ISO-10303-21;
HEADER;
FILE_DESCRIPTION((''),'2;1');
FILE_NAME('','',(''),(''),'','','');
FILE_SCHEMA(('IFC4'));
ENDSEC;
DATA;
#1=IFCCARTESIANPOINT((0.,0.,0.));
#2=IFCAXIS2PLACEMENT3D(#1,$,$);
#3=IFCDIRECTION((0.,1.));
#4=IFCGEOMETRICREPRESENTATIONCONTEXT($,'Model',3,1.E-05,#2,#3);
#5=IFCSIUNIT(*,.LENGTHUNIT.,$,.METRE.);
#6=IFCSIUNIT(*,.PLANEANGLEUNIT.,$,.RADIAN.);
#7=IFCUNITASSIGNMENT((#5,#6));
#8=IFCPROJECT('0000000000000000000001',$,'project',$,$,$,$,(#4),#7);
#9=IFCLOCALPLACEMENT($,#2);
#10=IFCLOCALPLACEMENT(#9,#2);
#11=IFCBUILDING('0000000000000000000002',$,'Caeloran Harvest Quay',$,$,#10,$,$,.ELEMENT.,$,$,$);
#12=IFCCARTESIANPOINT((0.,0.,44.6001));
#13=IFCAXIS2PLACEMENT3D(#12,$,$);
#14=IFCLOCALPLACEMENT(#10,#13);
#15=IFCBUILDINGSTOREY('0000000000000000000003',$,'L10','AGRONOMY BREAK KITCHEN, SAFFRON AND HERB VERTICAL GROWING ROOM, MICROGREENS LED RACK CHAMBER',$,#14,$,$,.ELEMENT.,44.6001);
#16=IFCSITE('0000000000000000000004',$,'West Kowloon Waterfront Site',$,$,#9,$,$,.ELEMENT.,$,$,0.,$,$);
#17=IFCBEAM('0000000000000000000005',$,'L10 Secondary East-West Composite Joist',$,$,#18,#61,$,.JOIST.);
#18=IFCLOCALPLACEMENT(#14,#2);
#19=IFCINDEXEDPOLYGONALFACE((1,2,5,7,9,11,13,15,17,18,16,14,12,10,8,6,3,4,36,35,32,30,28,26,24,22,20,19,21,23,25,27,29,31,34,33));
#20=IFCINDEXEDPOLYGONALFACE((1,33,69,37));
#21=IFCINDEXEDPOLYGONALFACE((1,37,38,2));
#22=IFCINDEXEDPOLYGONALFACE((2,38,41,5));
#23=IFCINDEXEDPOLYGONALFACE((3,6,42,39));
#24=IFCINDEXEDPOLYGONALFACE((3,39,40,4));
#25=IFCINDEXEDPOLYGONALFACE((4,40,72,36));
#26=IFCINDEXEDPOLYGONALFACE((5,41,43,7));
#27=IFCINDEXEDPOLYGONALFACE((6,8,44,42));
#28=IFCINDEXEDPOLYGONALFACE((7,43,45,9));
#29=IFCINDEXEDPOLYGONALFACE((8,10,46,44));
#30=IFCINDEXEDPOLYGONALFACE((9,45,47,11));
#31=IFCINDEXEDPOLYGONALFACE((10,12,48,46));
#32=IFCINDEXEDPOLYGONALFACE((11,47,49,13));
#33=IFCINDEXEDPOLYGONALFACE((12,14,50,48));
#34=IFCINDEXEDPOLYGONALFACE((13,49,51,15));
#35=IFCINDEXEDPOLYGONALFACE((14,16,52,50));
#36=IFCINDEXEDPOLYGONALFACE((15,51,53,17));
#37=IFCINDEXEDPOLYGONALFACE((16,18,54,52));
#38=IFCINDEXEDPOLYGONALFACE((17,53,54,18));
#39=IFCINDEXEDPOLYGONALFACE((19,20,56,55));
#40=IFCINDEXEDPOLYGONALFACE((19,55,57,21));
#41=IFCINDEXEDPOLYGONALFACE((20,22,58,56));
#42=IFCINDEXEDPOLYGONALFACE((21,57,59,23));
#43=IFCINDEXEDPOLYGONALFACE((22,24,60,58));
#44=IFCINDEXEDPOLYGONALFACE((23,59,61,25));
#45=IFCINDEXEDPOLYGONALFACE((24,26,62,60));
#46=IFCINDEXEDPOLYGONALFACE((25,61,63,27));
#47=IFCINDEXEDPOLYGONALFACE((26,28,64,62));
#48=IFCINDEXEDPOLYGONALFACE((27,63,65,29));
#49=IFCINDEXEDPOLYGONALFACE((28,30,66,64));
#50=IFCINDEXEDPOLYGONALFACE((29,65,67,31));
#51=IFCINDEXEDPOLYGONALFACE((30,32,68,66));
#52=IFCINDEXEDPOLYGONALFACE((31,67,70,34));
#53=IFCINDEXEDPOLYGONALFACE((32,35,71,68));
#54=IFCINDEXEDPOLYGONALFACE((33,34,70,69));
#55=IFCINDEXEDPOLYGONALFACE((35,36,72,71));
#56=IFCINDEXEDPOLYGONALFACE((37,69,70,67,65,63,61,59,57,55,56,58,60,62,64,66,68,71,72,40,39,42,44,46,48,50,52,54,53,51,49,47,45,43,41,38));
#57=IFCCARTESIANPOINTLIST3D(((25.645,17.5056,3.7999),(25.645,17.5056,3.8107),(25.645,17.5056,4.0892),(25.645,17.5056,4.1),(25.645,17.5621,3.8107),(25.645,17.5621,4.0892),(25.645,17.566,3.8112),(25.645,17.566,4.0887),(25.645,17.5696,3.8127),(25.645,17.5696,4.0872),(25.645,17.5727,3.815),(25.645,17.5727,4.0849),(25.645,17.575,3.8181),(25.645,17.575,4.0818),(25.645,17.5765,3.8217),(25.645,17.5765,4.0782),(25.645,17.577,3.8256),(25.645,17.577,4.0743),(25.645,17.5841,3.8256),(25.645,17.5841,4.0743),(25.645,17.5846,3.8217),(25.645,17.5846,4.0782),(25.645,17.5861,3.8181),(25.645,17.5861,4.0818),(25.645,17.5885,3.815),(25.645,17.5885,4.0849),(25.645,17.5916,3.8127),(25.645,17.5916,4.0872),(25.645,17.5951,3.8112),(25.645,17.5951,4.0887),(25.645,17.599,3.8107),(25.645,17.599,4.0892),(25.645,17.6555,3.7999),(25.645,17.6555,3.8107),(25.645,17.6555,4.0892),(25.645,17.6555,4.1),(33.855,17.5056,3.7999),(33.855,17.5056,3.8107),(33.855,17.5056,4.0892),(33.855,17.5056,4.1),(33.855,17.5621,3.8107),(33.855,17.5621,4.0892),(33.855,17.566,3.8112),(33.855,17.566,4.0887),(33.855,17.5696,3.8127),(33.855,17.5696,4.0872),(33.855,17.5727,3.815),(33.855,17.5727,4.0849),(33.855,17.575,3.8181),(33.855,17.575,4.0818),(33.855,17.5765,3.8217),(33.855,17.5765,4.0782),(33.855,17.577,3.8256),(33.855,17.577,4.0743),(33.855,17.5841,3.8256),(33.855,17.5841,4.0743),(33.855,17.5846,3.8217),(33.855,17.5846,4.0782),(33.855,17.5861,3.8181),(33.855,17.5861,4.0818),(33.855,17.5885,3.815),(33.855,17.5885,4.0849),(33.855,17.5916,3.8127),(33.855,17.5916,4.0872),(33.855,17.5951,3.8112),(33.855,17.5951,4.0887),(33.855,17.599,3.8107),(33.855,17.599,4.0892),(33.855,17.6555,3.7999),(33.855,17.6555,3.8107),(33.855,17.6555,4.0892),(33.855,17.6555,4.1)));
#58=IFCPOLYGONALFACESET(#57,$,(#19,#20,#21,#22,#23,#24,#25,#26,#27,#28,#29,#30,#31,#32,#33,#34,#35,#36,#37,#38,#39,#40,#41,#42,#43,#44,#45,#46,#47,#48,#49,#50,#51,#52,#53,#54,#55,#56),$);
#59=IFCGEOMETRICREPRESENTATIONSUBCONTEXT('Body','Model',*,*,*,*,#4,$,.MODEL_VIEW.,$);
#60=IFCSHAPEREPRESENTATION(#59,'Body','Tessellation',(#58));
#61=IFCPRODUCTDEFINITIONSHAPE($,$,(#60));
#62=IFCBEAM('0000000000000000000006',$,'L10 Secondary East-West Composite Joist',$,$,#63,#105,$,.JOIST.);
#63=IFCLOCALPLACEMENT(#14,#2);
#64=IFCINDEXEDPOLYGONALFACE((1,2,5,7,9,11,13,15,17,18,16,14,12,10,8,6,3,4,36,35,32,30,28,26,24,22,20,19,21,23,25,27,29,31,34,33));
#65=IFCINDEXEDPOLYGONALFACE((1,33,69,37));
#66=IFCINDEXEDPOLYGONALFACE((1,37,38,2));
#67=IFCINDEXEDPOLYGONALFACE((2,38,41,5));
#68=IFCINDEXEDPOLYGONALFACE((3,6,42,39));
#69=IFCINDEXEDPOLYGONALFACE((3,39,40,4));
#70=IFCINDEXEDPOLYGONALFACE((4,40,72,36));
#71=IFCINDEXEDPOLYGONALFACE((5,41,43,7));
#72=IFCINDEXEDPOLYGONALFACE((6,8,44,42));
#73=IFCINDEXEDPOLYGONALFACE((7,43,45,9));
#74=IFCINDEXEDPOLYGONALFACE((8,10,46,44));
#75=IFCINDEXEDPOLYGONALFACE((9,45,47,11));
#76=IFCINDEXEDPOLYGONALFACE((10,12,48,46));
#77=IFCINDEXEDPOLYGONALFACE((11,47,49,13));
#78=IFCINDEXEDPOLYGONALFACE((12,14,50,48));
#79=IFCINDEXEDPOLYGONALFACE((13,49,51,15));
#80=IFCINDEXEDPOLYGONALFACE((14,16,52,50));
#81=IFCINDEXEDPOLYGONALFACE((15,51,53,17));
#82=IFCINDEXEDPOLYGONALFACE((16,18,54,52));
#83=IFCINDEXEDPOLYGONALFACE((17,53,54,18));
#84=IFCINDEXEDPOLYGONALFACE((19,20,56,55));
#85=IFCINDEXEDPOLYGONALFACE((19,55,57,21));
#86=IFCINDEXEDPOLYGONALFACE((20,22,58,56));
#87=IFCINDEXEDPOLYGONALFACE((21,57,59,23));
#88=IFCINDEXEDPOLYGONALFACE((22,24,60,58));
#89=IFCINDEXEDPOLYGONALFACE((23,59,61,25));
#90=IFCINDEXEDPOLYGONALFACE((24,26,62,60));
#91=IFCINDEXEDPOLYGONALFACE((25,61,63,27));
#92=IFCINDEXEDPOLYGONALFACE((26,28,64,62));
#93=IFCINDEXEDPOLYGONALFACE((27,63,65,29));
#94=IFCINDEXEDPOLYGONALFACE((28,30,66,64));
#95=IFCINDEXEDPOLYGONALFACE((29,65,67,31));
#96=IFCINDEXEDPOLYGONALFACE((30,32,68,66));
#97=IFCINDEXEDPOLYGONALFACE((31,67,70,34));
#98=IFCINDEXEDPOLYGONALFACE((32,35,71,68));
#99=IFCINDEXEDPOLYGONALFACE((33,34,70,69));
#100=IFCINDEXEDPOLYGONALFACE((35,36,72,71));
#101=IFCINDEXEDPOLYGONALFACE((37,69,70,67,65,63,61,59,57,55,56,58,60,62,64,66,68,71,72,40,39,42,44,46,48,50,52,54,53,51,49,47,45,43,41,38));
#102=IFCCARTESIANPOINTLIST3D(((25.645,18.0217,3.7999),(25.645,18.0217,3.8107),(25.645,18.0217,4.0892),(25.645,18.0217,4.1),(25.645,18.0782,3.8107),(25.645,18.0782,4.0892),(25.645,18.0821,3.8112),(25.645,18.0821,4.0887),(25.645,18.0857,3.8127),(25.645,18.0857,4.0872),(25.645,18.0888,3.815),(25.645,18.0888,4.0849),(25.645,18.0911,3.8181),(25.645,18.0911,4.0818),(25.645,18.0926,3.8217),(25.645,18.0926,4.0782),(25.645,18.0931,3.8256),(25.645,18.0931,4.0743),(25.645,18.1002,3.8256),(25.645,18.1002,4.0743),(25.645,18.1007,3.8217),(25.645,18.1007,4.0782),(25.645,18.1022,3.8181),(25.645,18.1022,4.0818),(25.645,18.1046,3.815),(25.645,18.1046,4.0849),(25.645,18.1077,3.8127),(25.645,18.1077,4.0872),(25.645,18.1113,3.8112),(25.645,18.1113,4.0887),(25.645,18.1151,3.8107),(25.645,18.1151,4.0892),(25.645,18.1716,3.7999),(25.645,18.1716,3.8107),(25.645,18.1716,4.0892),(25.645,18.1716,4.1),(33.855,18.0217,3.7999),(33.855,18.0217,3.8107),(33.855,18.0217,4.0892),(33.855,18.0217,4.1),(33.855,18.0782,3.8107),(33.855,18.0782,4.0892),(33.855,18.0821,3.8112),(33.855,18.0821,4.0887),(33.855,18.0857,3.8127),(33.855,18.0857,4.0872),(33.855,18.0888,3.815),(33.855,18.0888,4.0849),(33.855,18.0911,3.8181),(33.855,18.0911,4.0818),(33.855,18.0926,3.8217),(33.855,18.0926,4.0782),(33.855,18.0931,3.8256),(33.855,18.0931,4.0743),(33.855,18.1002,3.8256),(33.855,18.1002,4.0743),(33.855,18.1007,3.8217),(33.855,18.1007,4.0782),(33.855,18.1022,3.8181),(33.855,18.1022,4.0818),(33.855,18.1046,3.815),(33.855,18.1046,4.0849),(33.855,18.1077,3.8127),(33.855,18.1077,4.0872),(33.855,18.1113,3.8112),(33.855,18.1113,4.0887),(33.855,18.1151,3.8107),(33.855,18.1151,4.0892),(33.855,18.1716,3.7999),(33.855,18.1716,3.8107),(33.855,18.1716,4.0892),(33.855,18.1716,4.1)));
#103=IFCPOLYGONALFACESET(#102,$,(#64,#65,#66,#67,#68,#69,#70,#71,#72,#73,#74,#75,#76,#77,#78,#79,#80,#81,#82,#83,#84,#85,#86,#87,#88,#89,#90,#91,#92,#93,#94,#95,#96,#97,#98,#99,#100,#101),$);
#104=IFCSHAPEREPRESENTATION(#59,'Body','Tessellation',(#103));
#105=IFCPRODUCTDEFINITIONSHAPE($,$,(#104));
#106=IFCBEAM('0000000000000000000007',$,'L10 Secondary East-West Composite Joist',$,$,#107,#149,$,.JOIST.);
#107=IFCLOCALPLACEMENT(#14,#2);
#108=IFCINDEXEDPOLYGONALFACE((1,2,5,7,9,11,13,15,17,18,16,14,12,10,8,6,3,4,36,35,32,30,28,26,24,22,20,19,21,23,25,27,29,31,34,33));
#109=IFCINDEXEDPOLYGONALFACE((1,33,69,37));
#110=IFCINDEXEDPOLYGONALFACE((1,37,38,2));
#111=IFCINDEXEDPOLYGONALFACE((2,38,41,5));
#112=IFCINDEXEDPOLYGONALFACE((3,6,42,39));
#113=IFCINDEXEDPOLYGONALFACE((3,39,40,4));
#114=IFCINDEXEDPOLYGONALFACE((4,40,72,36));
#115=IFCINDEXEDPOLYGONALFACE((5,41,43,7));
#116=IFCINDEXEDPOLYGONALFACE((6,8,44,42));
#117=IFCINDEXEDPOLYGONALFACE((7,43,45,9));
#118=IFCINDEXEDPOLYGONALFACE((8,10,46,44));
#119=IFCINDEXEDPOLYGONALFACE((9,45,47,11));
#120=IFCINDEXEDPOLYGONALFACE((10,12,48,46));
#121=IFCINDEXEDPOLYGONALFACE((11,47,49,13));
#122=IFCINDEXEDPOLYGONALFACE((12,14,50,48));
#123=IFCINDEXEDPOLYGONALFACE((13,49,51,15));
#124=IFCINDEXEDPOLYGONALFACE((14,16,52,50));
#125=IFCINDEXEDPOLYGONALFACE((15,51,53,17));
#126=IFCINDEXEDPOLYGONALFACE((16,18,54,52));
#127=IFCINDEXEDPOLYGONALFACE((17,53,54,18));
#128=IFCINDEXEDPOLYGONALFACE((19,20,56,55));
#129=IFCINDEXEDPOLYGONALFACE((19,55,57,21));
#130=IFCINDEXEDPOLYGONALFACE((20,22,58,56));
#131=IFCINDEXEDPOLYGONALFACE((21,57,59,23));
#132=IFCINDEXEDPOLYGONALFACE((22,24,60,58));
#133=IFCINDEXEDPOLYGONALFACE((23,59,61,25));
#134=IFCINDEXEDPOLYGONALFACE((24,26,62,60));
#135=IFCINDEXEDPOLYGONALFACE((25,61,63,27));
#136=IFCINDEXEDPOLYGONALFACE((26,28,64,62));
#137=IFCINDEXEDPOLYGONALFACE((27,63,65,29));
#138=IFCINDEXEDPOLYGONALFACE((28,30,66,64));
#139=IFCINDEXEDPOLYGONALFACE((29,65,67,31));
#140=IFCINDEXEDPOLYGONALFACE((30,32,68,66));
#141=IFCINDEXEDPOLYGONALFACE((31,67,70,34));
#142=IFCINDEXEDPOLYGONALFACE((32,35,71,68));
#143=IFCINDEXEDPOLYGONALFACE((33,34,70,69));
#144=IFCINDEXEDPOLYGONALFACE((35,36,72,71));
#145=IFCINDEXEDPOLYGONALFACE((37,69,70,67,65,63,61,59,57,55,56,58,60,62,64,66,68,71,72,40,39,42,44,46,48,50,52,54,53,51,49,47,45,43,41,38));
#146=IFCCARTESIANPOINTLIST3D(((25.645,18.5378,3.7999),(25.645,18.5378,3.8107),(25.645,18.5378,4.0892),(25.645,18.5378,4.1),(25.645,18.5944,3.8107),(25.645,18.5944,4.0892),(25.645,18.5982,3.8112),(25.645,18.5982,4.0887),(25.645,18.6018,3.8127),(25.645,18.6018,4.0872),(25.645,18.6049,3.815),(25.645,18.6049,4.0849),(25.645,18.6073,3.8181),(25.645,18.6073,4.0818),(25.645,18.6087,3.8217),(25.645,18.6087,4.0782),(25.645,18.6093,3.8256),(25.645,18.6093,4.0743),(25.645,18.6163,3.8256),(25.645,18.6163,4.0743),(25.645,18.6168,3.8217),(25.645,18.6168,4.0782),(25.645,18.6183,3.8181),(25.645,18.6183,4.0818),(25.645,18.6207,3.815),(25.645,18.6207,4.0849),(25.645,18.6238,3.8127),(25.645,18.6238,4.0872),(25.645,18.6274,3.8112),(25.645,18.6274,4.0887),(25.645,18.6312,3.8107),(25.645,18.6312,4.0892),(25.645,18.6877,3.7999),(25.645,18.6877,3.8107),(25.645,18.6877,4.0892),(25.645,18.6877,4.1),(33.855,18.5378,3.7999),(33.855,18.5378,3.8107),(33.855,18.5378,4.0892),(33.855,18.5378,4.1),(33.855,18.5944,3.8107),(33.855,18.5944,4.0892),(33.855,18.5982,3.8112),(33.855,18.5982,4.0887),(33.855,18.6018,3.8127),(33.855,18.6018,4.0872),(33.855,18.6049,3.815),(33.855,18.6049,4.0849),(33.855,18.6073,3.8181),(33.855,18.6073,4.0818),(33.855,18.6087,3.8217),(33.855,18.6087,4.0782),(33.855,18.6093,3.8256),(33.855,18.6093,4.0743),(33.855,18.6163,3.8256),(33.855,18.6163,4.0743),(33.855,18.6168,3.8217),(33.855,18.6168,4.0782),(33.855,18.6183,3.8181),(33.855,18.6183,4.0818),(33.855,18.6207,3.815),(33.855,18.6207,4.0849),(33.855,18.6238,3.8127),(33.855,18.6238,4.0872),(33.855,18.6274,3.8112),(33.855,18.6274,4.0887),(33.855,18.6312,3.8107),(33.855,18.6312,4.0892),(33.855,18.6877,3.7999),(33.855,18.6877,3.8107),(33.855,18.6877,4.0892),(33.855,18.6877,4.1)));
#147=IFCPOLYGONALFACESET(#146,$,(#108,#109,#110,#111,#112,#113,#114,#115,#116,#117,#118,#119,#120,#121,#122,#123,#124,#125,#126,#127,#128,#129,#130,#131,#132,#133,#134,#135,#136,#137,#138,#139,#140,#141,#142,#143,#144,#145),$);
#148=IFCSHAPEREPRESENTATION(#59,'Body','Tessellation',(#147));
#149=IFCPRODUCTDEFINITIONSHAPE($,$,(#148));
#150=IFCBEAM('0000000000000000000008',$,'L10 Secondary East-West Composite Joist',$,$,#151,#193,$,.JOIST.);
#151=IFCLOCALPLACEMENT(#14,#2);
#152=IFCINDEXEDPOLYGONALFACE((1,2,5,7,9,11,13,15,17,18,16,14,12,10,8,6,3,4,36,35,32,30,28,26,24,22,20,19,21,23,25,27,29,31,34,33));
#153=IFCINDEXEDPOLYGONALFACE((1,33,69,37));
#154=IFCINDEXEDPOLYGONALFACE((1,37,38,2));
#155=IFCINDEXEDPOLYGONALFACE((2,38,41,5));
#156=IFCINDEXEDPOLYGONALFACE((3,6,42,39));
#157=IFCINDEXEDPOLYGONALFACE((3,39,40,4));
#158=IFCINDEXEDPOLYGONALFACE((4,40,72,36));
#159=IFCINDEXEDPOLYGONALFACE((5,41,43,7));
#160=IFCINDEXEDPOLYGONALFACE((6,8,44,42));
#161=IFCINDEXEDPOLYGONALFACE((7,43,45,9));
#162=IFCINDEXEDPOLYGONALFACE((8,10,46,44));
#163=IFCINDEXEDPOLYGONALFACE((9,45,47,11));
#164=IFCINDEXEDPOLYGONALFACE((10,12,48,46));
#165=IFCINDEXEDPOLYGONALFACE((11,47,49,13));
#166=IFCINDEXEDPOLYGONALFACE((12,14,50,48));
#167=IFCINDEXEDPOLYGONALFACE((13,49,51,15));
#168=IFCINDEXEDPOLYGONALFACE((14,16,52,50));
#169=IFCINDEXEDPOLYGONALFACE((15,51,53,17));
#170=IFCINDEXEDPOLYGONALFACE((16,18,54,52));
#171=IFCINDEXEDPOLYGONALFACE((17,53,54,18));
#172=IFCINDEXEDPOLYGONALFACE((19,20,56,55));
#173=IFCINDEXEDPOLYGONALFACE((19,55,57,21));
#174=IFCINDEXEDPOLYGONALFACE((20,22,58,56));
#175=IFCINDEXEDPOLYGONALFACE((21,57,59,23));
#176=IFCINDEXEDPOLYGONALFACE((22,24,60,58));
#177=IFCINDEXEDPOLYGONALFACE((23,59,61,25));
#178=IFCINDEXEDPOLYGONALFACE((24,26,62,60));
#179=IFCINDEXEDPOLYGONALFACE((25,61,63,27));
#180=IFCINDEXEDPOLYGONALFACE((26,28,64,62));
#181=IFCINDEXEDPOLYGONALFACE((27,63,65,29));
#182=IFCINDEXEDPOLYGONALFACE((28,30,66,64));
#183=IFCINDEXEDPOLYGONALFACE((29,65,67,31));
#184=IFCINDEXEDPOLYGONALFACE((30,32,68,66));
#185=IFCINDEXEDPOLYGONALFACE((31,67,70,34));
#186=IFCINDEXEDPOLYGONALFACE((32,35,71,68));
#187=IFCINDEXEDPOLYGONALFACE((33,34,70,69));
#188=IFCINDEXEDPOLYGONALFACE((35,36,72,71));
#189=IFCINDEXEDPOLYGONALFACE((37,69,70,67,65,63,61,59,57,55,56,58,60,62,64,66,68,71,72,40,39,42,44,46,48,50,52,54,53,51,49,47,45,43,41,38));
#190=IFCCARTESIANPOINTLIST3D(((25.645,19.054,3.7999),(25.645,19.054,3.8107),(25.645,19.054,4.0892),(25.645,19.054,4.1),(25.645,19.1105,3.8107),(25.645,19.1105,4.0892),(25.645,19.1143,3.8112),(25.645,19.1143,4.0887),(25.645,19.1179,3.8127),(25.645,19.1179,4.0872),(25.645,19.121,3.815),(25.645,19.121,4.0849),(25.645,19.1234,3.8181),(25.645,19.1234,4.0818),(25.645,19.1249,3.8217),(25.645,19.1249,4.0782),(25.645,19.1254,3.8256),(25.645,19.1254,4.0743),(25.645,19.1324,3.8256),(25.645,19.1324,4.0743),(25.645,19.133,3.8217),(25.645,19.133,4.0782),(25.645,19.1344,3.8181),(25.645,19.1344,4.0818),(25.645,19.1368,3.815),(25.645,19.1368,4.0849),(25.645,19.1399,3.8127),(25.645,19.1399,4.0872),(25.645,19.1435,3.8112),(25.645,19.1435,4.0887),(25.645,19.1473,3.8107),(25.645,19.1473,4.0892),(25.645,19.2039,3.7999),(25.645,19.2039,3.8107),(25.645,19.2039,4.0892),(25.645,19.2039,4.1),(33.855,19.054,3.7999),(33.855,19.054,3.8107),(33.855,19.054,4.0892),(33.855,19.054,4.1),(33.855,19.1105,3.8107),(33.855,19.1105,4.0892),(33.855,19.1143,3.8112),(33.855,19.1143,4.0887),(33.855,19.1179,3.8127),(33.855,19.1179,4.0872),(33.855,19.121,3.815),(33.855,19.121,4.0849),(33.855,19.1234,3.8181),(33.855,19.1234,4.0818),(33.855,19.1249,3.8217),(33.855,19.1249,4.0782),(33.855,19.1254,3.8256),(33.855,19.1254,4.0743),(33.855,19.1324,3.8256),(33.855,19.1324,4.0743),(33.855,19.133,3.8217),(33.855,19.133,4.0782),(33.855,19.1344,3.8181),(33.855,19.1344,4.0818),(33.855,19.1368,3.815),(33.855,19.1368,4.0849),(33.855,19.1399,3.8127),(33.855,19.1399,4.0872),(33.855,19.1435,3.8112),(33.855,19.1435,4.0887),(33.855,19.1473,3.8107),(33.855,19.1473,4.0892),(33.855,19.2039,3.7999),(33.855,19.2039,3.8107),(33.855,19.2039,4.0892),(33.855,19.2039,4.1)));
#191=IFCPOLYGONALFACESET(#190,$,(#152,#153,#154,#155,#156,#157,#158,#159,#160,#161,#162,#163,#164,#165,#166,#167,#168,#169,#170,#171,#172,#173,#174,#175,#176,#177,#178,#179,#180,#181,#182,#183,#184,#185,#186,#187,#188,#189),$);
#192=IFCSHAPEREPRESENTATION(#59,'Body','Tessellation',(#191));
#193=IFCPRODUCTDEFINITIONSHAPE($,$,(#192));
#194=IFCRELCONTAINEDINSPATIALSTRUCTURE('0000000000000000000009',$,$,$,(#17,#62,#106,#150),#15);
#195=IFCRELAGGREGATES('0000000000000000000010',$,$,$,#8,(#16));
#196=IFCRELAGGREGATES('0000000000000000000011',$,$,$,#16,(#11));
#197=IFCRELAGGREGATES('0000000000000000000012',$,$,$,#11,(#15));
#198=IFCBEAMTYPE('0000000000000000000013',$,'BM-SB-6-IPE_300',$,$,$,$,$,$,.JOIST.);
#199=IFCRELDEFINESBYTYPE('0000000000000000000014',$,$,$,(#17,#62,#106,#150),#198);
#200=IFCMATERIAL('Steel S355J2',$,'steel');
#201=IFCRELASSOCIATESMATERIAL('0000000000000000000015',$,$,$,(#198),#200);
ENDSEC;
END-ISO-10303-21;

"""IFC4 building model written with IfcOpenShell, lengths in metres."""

from ifc_helpers import new_model, si_unit, direction, frame, origin, origin_2d, place, context, subcontext, project, spatial, i_section, extrude, material, material_profile, profile_set, type_object, element, save


model = new_model("IFC4")

# Units and contexts
model_context = context("Model", 3, precision=1e-05, world=origin(), true_north=direction((0.0, 1.0)))
body_context = subcontext(model_context, "Body", "Model", "MODEL_VIEW")
ifc_project = project(units=[si_unit("LENGTHUNIT", "METRE"), si_unit("PLANEANGLEUNIT", "RADIAN")], contexts=[model_context])

# Site, building, storey
site_placement = place(None, origin())
site = spatial("IfcSite", under=ifc_project, at=site_placement, Name="West Kowloon Waterfront Site", CompositionType="ELEMENT", RefElevation=0.0)
building_placement = place(site_placement, origin())
building = spatial("IfcBuilding", under=site, at=building_placement, Name="Caeloran Harvest Quay", CompositionType="ELEMENT")
storey_placement = place(building_placement, frame((0.0, 0.0, 44.6001)))
storey = spatial("IfcBuildingStorey", under=building, at=storey_placement, Name="L10", Description="AGRONOMY BREAK KITCHEN, SAFFRON AND HERB VERTICAL GROWING ROOM, MICROGREENS LED RACK CHAMBER", CompositionType="ELEMENT", Elevation=44.6001)

# Beams
ifc_material_1 = material(Name="Steel S355J2", Category="steel")
ifc_material_profile_1 = material_profile(ifc_material_1, i_section(OverallWidth=0.1499, OverallDepth=0.3, WebThickness=0.0071, FlangeThickness=0.0107, FilletRadius=0.0149, at=origin_2d()), Name="IPE 300")
ifc_profile_set_1 = profile_set([ifc_material_profile_1], Name="Steel S355J2")
beam_type_1 = type_object("IfcBeamType", Name="BM-SB-6-IPE_300", PredefinedType="JOIST", material=ifc_profile_set_1)
for number, where, z_axis, x_axis, name in (
    (1, (25.645, 17.5806, 3.95), (1.0, 0.0, 0.0), (0.0, 1.0, 0.0), "L10 Secondary East-West Composite Joist"),
    (2, (25.645, 18.0967, 3.95), (1.0, 0.0, 0.0), (0.0, 1.0, 0.0), "L10 Secondary East-West Composite Joist"),
    (3, (25.645, 18.6128, 3.95), (1.0, 0.0, 0.0), (0.0, 1.0, 0.0), "L10 Secondary East-West Composite Joist"),
    (4, (25.645, 19.1289, 3.95), (1.0, 0.0, 0.0), (0.0, 1.0, 0.0), "L10 Secondary East-West Composite Joist"),
):
    element("IfcBeam", number, at=place(storey_placement, frame(where, z_axis=z_axis, x_axis=x_axis)), inside=storey, type_object=beam_type_1, Name=name, PredefinedType="JOIST", context=body_context, shape_type="SweptSolid", body=[
        extrude(i_section(OverallWidth=0.1499, OverallDepth=0.3, WebThickness=0.0071, FlangeThickness=0.0107, FilletRadius=0.0149, at=origin_2d()), origin(), (0.0, 0.0, 1.0), 8.21),
    ])

save(model, "model.ifc")
